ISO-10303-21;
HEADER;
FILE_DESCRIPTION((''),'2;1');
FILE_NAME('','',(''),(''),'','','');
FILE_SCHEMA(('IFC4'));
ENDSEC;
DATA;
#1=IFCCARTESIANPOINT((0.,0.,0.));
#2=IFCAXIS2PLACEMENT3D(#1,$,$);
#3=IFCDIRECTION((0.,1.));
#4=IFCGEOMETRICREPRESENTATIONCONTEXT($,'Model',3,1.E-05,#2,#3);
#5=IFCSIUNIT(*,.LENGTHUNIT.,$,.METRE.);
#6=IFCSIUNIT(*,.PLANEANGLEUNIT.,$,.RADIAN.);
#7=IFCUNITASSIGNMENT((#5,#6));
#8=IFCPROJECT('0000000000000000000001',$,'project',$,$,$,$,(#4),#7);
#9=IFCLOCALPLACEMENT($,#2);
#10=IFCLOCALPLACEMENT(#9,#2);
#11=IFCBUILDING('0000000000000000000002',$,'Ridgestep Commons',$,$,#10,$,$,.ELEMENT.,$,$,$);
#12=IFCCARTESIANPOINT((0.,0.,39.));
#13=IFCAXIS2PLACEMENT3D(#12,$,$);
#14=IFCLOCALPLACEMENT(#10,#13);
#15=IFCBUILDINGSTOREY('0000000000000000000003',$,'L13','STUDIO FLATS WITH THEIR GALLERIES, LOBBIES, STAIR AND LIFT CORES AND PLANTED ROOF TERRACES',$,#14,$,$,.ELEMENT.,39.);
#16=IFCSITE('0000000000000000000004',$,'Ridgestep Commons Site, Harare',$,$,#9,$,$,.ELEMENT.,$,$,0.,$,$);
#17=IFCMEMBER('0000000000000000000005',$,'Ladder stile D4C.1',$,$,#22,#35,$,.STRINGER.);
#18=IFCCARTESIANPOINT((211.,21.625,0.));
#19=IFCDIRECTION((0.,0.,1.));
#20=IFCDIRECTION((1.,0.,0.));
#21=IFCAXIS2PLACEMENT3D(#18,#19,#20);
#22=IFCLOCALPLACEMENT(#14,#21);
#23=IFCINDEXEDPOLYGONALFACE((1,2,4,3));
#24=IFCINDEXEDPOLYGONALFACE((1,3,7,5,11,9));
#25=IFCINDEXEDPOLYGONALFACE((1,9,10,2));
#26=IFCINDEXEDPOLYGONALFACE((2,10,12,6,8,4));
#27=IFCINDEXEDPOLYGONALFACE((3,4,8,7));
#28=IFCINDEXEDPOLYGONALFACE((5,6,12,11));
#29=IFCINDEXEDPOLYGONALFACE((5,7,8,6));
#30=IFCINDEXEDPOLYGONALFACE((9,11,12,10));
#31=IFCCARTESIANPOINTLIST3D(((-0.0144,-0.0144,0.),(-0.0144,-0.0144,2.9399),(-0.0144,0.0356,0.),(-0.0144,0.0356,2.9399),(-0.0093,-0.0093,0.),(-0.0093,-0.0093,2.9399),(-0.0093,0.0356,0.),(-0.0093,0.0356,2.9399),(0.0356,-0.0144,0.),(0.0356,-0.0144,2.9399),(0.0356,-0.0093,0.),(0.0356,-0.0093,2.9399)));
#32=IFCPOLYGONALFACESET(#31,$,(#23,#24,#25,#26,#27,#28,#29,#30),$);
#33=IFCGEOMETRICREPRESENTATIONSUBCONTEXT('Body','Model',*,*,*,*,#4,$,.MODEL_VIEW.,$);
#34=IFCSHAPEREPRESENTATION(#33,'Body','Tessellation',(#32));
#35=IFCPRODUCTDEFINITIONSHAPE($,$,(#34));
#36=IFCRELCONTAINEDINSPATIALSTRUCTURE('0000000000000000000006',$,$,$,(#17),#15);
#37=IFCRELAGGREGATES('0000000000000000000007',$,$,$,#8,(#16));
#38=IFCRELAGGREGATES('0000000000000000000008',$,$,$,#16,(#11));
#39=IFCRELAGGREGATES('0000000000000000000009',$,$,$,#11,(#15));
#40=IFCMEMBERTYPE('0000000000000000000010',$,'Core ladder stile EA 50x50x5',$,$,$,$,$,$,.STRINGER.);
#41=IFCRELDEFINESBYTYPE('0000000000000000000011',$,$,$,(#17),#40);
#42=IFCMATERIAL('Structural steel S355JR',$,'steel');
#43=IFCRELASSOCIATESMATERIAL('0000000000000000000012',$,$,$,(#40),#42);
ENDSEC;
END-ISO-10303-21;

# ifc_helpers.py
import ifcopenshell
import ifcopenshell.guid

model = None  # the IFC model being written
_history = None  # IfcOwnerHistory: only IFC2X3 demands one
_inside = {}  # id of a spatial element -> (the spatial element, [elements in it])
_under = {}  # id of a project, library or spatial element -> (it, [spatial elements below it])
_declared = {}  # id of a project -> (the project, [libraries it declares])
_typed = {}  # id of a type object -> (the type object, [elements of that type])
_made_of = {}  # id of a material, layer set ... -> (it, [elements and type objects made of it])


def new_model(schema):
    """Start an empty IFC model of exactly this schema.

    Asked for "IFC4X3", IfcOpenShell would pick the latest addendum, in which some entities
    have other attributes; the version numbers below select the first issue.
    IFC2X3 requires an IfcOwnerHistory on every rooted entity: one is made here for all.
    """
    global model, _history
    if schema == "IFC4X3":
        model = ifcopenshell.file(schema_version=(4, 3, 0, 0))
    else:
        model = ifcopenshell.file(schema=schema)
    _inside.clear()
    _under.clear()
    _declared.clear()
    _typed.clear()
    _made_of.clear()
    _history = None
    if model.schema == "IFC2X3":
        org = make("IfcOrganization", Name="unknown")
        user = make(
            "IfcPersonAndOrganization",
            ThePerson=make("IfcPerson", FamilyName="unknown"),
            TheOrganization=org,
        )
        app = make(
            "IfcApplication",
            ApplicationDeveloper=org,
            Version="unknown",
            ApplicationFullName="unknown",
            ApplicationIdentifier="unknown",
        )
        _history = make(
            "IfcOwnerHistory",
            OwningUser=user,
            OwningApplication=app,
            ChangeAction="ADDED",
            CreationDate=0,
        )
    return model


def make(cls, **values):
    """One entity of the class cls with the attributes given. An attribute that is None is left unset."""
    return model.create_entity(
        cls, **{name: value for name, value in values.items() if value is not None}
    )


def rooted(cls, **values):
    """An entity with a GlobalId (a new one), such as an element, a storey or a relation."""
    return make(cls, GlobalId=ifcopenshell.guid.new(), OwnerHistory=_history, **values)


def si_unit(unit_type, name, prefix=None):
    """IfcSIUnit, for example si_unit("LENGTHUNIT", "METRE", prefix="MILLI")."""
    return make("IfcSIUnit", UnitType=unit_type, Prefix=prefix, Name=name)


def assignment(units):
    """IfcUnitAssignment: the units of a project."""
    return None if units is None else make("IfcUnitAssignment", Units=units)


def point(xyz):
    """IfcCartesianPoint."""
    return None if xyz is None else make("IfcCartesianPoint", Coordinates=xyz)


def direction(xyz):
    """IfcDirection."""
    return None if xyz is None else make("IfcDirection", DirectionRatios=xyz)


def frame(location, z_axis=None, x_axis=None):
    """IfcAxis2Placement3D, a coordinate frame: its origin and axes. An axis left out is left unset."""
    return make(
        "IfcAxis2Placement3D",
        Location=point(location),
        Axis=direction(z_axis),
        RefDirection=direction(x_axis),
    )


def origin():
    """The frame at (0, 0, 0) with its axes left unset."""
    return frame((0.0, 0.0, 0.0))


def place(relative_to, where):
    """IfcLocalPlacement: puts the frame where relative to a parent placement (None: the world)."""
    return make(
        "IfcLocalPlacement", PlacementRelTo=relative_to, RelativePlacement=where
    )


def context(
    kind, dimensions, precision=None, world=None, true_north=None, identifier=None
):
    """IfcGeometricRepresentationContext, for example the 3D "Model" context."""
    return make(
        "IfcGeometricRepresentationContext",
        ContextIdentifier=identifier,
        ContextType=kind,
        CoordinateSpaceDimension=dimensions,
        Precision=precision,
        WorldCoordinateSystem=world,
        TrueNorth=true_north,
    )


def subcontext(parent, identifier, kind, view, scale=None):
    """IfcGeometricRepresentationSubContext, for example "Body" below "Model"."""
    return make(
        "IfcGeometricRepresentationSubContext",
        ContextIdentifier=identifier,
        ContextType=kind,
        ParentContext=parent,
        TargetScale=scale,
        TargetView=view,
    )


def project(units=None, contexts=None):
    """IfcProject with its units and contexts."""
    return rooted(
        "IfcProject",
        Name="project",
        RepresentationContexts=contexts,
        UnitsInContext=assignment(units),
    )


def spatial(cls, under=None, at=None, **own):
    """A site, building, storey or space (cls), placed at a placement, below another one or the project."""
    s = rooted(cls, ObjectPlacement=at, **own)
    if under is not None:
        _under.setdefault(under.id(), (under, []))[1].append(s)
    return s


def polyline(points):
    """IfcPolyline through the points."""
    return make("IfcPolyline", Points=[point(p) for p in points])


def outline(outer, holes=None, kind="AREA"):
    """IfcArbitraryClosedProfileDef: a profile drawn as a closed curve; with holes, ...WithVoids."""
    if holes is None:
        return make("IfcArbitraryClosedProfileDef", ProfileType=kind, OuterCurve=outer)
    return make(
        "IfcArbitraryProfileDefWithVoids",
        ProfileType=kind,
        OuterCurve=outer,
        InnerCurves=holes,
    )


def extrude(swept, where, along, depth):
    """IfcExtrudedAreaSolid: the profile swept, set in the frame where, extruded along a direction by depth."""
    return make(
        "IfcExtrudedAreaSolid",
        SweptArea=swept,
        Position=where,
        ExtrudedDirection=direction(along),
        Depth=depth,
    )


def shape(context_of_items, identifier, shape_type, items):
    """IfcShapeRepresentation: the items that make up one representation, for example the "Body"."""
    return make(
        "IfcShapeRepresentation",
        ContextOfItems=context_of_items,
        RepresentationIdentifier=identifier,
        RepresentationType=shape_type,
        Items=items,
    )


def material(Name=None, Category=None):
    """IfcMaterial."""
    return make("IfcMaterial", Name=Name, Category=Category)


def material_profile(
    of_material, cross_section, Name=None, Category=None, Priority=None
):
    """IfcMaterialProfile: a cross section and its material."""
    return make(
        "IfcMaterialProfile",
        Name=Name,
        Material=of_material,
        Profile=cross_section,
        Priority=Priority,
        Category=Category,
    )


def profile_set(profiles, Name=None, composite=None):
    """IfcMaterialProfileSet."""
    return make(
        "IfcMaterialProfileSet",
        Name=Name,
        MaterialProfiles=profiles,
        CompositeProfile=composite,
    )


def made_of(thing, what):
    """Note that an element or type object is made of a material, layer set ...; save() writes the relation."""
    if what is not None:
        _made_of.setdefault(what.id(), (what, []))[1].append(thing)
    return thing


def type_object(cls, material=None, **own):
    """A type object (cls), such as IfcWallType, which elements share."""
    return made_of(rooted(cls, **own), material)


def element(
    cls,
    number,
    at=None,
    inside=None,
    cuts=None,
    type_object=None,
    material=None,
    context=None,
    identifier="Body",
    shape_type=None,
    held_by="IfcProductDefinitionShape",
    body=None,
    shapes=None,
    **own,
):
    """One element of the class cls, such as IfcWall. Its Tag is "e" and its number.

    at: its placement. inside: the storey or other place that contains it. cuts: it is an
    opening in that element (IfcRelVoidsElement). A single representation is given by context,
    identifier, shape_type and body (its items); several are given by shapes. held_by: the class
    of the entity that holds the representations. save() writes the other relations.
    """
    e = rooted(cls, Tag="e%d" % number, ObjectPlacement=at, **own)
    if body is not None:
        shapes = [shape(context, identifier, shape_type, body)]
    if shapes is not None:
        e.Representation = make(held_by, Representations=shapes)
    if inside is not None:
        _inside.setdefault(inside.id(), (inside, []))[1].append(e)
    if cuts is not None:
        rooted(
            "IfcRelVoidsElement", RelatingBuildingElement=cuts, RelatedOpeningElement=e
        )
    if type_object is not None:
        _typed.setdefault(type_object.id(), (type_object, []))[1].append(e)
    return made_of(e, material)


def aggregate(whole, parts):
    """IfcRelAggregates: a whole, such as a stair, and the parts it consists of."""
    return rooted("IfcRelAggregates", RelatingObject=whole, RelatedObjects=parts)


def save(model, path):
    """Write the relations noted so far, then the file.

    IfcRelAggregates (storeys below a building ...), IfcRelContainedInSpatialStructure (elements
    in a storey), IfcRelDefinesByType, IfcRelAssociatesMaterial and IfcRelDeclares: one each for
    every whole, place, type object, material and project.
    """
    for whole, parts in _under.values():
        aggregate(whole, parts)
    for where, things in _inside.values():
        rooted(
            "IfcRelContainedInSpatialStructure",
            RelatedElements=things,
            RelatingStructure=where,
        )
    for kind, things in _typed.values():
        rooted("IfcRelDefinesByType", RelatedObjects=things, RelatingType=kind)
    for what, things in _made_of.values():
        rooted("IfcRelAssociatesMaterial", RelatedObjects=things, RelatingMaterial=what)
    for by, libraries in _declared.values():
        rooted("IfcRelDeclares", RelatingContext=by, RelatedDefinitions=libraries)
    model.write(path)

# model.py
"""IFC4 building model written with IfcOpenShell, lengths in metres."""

from ifc_helpers import new_model, si_unit, direction, frame, origin, place, context, subcontext, project, spatial, polyline, outline, extrude, material, material_profile, profile_set, type_object, element, save


model = new_model("IFC4")

# Units and contexts
model_context = context("Model", 3, precision=1e-05, world=origin(), true_north=direction((0.0, 1.0)))
body_context = subcontext(model_context, "Body", "Model", "MODEL_VIEW")
ifc_project = project(units=[si_unit("LENGTHUNIT", "METRE"), si_unit("PLANEANGLEUNIT", "RADIAN")], contexts=[model_context])

# Site, building, storey
site_placement = place(None, origin())
site = spatial("IfcSite", under=ifc_project, at=site_placement, Name="Ridgestep Commons Site, Harare", CompositionType="ELEMENT", RefElevation=0.0)
building_placement = place(site_placement, origin())
building = spatial("IfcBuilding", under=site, at=building_placement, Name="Ridgestep Commons", CompositionType="ELEMENT")
storey_placement = place(building_placement, frame((0.0, 0.0, 39.0)))
storey = spatial("IfcBuildingStorey", under=building, at=storey_placement, Name="L13", Description="STUDIO FLATS WITH THEIR GALLERIES, LOBBIES, STAIR AND LIFT CORES AND PLANTED ROOF TERRACES", CompositionType="ELEMENT", Elevation=39.0)

# Member
ifc_material_1 = material(Name="Structural steel S355JR", Category="steel")
ifc_material_profile_1 = material_profile(ifc_material_1, outline(polyline([(-0.0144, -0.0144), (0.0356, -0.0144), (0.0356, -0.0093), (-0.0093, -0.0093), (-0.0093, 0.0356), (-0.0144, 0.0356), (-0.0144, -0.0144)])), Name="EA 50x50x5")
ifc_profile_set_1 = profile_set([ifc_material_profile_1], Name="Structural steel S355JR")
member_type_1 = type_object("IfcMemberType", Name="Core ladder stile EA 50x50x5", PredefinedType="STRINGER", material=ifc_profile_set_1)
member_1_placement = place(storey_placement, frame((211.0, 21.625, 0.0), z_axis=(0.0, 0.0, 1.0), x_axis=(1.0, 0.0, 0.0)))
element("IfcMember", 1, at=member_1_placement, inside=storey, type_object=member_type_1, Name="Ladder stile D4C.1", PredefinedType="STRINGER", context=body_context, shape_type="SweptSolid", body=[
    extrude(outline(polyline([(-0.0144, -0.0144), (0.0356, -0.0144), (0.0356, -0.0093), (-0.0093, -0.0093), (-0.0093, 0.0356), (-0.0144, 0.0356), (-0.0144, -0.0144)])), origin(), (0.0, 0.0, 1.0), 2.9399),
])

save(model, "model.ifc")
